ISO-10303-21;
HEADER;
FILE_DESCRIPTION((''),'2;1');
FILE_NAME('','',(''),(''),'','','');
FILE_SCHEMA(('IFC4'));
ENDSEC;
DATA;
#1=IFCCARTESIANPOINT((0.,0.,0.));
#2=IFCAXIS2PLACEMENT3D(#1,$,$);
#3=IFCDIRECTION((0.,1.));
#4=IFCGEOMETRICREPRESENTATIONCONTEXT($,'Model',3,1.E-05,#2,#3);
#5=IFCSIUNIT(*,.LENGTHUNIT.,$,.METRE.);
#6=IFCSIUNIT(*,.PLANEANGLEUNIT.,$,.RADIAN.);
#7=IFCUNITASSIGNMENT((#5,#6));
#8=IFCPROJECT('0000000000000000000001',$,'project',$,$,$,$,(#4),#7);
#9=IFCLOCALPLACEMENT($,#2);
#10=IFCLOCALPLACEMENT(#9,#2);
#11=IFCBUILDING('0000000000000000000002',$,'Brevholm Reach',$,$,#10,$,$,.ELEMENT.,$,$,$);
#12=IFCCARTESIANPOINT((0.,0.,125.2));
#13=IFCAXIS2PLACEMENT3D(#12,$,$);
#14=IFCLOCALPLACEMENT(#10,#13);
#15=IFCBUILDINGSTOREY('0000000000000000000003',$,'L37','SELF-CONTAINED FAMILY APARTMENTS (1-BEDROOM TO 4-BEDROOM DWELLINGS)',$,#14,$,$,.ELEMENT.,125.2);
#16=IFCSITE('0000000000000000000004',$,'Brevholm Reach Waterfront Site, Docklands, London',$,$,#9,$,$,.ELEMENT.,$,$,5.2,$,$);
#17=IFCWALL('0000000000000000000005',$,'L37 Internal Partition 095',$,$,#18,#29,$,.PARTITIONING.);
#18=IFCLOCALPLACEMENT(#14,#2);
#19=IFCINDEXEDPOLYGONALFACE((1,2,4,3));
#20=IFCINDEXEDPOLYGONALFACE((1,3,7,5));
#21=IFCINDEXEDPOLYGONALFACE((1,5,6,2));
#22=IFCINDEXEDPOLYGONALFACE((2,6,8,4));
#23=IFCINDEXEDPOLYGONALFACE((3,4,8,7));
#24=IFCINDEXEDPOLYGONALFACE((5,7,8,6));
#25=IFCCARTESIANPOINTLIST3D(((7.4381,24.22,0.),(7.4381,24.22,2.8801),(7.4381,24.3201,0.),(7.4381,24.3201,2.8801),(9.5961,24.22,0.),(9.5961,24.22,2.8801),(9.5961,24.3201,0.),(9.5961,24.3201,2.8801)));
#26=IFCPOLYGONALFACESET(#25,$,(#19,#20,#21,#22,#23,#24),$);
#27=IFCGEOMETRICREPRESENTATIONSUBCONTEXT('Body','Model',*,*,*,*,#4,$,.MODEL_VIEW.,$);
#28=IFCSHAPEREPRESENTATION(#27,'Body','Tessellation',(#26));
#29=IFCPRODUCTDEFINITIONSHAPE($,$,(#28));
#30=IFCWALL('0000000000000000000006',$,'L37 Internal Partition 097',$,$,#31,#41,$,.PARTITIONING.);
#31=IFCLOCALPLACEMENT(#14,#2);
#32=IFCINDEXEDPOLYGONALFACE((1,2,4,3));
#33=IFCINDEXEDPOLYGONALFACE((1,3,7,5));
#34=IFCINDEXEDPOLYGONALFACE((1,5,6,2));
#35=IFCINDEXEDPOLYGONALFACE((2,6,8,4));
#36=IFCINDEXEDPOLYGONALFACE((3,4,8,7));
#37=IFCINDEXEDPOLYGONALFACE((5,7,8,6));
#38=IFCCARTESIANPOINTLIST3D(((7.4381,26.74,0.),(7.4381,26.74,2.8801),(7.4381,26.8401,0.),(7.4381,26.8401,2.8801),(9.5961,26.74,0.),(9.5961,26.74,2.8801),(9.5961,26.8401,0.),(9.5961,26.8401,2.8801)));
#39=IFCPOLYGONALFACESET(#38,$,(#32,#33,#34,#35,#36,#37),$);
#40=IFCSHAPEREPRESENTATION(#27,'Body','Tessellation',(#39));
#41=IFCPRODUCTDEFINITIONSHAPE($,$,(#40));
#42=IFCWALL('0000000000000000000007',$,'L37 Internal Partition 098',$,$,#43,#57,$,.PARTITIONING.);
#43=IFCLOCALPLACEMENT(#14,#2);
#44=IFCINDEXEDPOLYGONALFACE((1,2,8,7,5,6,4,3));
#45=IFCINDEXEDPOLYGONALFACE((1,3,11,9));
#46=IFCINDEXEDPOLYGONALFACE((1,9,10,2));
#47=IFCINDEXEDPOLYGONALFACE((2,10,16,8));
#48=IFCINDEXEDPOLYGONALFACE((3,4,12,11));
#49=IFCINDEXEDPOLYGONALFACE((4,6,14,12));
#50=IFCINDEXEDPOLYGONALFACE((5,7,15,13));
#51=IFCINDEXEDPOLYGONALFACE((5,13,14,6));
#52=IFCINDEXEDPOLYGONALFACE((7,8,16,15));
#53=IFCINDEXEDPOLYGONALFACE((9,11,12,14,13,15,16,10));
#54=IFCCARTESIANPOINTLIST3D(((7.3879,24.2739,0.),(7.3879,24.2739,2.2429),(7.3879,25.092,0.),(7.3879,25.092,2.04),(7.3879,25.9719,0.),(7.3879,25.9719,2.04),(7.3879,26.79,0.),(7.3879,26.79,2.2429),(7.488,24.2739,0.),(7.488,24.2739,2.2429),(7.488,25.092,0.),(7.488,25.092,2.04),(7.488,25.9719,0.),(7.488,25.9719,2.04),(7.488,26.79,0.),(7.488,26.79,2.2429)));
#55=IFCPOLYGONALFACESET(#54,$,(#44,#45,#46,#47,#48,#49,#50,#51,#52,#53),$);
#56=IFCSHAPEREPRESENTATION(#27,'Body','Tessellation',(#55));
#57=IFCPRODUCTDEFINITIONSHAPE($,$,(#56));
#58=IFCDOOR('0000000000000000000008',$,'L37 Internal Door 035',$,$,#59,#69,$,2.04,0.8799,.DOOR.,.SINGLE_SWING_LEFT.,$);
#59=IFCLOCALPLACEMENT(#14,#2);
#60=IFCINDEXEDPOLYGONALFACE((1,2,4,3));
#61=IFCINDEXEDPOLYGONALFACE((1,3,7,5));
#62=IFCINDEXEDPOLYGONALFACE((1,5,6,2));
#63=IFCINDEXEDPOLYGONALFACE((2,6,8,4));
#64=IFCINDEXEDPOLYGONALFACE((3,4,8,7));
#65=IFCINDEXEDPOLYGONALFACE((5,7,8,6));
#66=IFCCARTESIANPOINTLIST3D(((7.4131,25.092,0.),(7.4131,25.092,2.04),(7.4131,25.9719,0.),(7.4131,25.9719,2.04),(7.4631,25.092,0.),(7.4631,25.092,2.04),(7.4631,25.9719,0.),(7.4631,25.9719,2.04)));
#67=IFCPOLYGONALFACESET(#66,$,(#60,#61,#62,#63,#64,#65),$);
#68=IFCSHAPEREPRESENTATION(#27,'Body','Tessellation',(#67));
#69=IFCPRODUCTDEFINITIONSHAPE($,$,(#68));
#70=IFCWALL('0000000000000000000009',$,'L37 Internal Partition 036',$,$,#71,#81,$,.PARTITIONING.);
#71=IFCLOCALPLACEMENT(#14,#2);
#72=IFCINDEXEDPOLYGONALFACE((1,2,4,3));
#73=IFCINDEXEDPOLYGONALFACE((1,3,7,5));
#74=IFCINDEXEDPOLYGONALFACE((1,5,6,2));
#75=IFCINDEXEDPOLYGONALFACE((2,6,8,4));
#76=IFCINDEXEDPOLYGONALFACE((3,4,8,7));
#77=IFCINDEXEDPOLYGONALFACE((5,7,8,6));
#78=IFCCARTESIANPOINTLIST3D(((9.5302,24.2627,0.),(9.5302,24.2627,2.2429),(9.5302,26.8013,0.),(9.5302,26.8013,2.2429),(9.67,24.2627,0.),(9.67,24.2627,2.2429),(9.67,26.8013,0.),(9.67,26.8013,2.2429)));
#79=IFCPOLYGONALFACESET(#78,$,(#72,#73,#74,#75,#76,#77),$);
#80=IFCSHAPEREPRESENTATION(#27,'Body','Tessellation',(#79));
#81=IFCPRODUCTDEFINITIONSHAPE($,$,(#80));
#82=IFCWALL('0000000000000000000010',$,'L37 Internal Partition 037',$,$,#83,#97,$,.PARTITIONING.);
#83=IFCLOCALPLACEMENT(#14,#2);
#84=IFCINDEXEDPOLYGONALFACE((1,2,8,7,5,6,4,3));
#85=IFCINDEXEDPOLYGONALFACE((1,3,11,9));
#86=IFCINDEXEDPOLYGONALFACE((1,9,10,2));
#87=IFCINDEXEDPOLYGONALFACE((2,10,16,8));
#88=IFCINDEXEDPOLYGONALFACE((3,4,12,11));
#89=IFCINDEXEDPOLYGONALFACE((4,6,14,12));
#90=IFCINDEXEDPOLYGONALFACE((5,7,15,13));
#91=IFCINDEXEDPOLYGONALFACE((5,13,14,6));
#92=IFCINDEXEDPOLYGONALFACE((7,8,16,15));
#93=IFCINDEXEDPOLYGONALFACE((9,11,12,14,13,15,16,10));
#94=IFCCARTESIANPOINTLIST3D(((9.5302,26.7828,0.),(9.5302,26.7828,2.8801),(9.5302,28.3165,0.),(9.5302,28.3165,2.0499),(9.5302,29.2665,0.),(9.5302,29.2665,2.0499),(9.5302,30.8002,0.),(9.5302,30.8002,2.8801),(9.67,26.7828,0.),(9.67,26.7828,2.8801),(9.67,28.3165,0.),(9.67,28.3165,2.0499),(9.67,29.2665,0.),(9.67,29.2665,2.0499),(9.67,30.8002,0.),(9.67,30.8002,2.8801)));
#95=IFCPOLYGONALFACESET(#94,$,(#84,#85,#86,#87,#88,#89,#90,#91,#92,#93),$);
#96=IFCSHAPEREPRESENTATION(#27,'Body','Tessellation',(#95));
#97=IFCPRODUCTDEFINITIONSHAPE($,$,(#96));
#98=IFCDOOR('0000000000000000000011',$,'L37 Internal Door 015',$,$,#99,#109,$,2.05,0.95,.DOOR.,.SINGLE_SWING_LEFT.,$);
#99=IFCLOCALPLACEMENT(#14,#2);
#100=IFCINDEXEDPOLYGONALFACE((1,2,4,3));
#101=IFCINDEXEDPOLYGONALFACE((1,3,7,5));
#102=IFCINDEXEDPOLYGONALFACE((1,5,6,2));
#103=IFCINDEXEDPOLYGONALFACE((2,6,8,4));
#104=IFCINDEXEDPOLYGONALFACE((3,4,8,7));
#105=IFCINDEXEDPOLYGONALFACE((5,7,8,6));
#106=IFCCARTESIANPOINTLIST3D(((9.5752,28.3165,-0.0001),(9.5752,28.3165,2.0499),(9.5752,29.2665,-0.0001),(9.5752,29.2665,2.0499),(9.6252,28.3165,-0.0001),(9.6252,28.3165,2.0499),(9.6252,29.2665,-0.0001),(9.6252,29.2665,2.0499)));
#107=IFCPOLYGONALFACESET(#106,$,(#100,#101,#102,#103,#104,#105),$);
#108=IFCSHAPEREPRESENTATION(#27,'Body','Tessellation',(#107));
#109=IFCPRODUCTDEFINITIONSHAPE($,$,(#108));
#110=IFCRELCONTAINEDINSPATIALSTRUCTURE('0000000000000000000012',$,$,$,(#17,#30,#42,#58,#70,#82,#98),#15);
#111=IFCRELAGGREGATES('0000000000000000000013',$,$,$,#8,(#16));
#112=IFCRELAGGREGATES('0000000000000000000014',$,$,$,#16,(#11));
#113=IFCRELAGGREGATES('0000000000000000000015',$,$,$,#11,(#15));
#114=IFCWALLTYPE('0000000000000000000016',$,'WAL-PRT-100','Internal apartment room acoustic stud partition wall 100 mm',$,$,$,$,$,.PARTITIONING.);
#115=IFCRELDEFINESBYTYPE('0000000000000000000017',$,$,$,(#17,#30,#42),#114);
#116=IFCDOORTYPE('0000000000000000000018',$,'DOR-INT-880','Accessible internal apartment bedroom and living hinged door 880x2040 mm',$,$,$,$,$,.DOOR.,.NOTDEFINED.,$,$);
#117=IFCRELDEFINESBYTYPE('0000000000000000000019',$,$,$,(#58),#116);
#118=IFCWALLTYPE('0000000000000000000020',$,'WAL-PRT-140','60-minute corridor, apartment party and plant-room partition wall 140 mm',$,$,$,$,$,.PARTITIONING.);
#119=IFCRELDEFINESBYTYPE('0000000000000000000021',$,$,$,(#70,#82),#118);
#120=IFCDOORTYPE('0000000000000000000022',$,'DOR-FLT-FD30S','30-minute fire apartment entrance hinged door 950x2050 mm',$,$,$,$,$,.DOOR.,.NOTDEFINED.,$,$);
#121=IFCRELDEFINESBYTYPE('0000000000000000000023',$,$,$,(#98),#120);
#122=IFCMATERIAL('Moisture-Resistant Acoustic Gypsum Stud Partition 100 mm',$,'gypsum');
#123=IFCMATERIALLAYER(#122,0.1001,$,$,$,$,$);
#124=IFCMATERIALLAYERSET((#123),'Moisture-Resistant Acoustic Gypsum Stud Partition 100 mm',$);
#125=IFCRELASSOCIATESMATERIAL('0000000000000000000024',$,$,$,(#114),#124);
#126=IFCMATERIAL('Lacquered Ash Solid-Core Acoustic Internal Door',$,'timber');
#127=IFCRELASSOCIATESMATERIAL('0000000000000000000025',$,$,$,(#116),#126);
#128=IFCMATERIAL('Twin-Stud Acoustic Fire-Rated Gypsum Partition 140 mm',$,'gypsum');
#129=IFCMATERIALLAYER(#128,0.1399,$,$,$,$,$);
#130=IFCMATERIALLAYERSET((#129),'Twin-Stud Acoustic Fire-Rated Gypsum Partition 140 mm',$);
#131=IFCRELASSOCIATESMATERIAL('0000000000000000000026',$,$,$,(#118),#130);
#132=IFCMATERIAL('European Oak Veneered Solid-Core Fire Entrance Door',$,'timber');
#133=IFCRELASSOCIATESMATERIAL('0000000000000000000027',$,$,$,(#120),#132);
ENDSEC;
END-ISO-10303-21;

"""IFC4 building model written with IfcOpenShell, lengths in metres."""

from ifc_helpers import new_model, si_unit, direction, frame, frame_2d, origin, place, context, subcontext, project, spatial, rectangle, extrude, material, layer, layer_set, type_object, element, fill, save


model = new_model("IFC4")

# Units and contexts
model_context = context("Model", 3, precision=1e-05, world=origin(), true_north=direction((0.0, 1.0)))
body_context = subcontext(model_context, "Body", "Model", "MODEL_VIEW")
ifc_project = project(units=[si_unit("LENGTHUNIT", "METRE"), si_unit("PLANEANGLEUNIT", "RADIAN")], contexts=[model_context])

# Site, building, storey
site_placement = place(None, origin())
site = spatial("IfcSite", under=ifc_project, at=site_placement, Name="Brevholm Reach Waterfront Site, Docklands, London", CompositionType="ELEMENT", RefElevation=5.2)
building_placement = place(site_placement, origin())
building = spatial("IfcBuilding", under=site, at=building_placement, Name="Brevholm Reach", CompositionType="ELEMENT")
storey_placement = place(building_placement, frame((0.0, 0.0, 125.2)))
storey = spatial("IfcBuildingStorey", under=building, at=storey_placement, Name="L37", Description="SELF-CONTAINED FAMILY APARTMENTS (1-BEDROOM TO 4-BEDROOM DWELLINGS)", CompositionType="ELEMENT", Elevation=125.2)

# Walls
ifc_material_1 = material(Name="Moisture-Resistant Acoustic Gypsum Stud Partition 100 mm", Category="gypsum")
ifc_layer_1 = layer(ifc_material_1, 0.1001)
ifc_layer_set_1 = layer_set([ifc_layer_1], Name="Moisture-Resistant Acoustic Gypsum Stud Partition 100 mm")
wall_type_1 = type_object("IfcWallType", Name="WAL-PRT-100", Description="Internal apartment room acoustic stud partition wall 100 mm", PredefinedType="PARTITIONING", material=ifc_layer_set_1)
for number, where, z_axis, x_axis, name in (
    (1, (7.438, 24.27, 0.0), (0.0, 0.0, 1.0), (1.0, 0.0, 0.0), "L37 Internal Partition 095"),
    (2, (7.438, 26.79, 0.0), (0.0, 0.0, 1.0), (1.0, 0.0, 0.0), "L37 Internal Partition 097"),
):
    element("IfcWall", number, at=place(storey_placement, frame(where, z_axis=z_axis, x_axis=x_axis)), inside=storey, type_object=wall_type_1, Name=name, PredefinedType="PARTITIONING", context=body_context, shape_type="SweptSolid", body=[
        extrude(rectangle(XDim=2.158, YDim=0.1001, at=frame_2d((1.0791, 0.0))), origin(), (0.0, 0.0, 1.0), 2.8801),
    ])

# Wall, opening, door
wall_1_placement = place(storey_placement, frame((7.438, 24.2739, 0.0), z_axis=(0.0, 0.0, 1.0), x_axis=(0.0, 1.0, 0.0)))
wall_1 = element("IfcWall", 3, at=wall_1_placement, inside=storey, type_object=wall_type_1, Name="L37 Internal Partition 098", PredefinedType="PARTITIONING", context=body_context, shape_type="SweptSolid", body=[
    extrude(rectangle(XDim=2.5161, YDim=0.1001, at=frame_2d((1.2581, 0.0))), origin(), (0.0, 0.0, 1.0), 2.2429),
])
opening_1_placement = place(wall_1_placement, frame((0.8181, 0.0, 0.0)))
opening_1 = element("IfcOpeningElement", 4, at=opening_1_placement, cuts=wall_1, PredefinedType="OPENING", context=body_context, shape_type="SweptSolid", body=[
    extrude(rectangle(XDim=0.8799, YDim=2.04, at=frame_2d((0.4399, 1.02))), frame((0.0, 0.0601, 0.0), z_axis=(0.0, -1.0, 0.0), x_axis=(1.0, 0.0, 0.0)), (0.0, 0.0, 1.0), 0.1201),
])
ifc_material_2 = material(Name="Lacquered Ash Solid-Core Acoustic Internal Door", Category="timber")
door_type_1 = type_object("IfcDoorType", Name="DOR-INT-880", Description="Accessible internal apartment bedroom and living hinged door 880x2040 mm", OperationType="NOTDEFINED", PredefinedType="DOOR", material=ifc_material_2)
door_1_placement = place(opening_1_placement, origin())
door_1 = element("IfcDoor", 5, at=door_1_placement, inside=storey, type_object=door_type_1, Name="L37 Internal Door 035", OperationType="SINGLE_SWING_LEFT", OverallHeight=2.04, OverallWidth=0.8799, PredefinedType="DOOR", context=body_context, shape_type="SweptSolid", body=[
    extrude(rectangle(XDim=0.8799, YDim=2.04, at=frame_2d((0.4399, 1.02))), frame((0.0, 0.0249, 0.0), z_axis=(0.0, -1.0, 0.0), x_axis=(1.0, 0.0, 0.0)), (0.0, 0.0, 1.0), 0.05),
])
fill(opening_1, door_1)

# Wall
ifc_material_3 = material(Name="Twin-Stud Acoustic Fire-Rated Gypsum Partition 140 mm", Category="gypsum")
ifc_layer_2 = layer(ifc_material_3, 0.1399)
ifc_layer_set_2 = layer_set([ifc_layer_2], Name="Twin-Stud Acoustic Fire-Rated Gypsum Partition 140 mm")
wall_type_2 = type_object("IfcWallType", Name="WAL-PRT-140", Description="60-minute corridor, apartment party and plant-room partition wall 140 mm", PredefinedType="PARTITIONING", material=ifc_layer_set_2)
wall_2_placement = place(storey_placement, frame((9.6001, 24.2627, 0.0), z_axis=(0.0, 0.0, 1.0), x_axis=(0.0, 1.0, 0.0)))
element("IfcWall", 6, at=wall_2_placement, inside=storey, type_object=wall_type_2, Name="L37 Internal Partition 036", PredefinedType="PARTITIONING", context=body_context, shape_type="SweptSolid", body=[
    extrude(rectangle(XDim=2.5386, YDim=0.1399, at=frame_2d((1.2693, 0.0))), origin(), (0.0, 0.0, 1.0), 2.2429),
])

# Wall, opening, door
wall_3_placement = place(storey_placement, frame((9.6001, 26.7827, 0.0), z_axis=(0.0, 0.0, 1.0), x_axis=(0.0, 1.0, 0.0)))
wall_3 = element("IfcWall", 7, at=wall_3_placement, inside=storey, type_object=wall_type_2, Name="L37 Internal Partition 037", PredefinedType="PARTITIONING", context=body_context, shape_type="SweptSolid", body=[
    extrude(rectangle(XDim=4.0173, YDim=0.1399, at=frame_2d((2.0088, 0.0))), origin(), (0.0, 0.0, 1.0), 2.8801),
])
opening_2_placement = place(wall_3_placement, frame((1.5337, 0.0, 0.0)))
opening_2 = element("IfcOpeningElement", 8, at=opening_2_placement, cuts=wall_3, PredefinedType="OPENING", context=body_context, shape_type="SweptSolid", body=[
    extrude(rectangle(XDim=0.95, YDim=2.05, at=frame_2d((0.4751, 1.0249))), frame((0.0, 0.0798, 0.0), z_axis=(0.0, -1.0, 0.0), x_axis=(1.0, 0.0, 0.0)), (0.0, 0.0, 1.0), 0.1599),
])
ifc_material_4 = material(Name="European Oak Veneered Solid-Core Fire Entrance Door", Category="timber")
door_type_2 = type_object("IfcDoorType", Name="DOR-FLT-FD30S", Description="30-minute fire apartment entrance hinged door 950x2050 mm", OperationType="NOTDEFINED", PredefinedType="DOOR", material=ifc_material_4)
door_2_placement = place(opening_2_placement, origin())
door_2 = element("IfcDoor", 9, at=door_2_placement, inside=storey, type_object=door_type_2, Name="L37 Internal Door 015", OperationType="SINGLE_SWING_LEFT", OverallHeight=2.05, OverallWidth=0.95, PredefinedType="DOOR", context=body_context, shape_type="SweptSolid", body=[
    extrude(rectangle(XDim=0.95, YDim=2.05, at=frame_2d((0.4751, 1.0249))), frame((0.0, 0.0249, 0.0), z_axis=(0.0, -1.0, 0.0), x_axis=(1.0, 0.0, 0.0)), (0.0, 0.0, 1.0), 0.05),
])
fill(opening_2, door_2)

save(model, "model.ifc")
